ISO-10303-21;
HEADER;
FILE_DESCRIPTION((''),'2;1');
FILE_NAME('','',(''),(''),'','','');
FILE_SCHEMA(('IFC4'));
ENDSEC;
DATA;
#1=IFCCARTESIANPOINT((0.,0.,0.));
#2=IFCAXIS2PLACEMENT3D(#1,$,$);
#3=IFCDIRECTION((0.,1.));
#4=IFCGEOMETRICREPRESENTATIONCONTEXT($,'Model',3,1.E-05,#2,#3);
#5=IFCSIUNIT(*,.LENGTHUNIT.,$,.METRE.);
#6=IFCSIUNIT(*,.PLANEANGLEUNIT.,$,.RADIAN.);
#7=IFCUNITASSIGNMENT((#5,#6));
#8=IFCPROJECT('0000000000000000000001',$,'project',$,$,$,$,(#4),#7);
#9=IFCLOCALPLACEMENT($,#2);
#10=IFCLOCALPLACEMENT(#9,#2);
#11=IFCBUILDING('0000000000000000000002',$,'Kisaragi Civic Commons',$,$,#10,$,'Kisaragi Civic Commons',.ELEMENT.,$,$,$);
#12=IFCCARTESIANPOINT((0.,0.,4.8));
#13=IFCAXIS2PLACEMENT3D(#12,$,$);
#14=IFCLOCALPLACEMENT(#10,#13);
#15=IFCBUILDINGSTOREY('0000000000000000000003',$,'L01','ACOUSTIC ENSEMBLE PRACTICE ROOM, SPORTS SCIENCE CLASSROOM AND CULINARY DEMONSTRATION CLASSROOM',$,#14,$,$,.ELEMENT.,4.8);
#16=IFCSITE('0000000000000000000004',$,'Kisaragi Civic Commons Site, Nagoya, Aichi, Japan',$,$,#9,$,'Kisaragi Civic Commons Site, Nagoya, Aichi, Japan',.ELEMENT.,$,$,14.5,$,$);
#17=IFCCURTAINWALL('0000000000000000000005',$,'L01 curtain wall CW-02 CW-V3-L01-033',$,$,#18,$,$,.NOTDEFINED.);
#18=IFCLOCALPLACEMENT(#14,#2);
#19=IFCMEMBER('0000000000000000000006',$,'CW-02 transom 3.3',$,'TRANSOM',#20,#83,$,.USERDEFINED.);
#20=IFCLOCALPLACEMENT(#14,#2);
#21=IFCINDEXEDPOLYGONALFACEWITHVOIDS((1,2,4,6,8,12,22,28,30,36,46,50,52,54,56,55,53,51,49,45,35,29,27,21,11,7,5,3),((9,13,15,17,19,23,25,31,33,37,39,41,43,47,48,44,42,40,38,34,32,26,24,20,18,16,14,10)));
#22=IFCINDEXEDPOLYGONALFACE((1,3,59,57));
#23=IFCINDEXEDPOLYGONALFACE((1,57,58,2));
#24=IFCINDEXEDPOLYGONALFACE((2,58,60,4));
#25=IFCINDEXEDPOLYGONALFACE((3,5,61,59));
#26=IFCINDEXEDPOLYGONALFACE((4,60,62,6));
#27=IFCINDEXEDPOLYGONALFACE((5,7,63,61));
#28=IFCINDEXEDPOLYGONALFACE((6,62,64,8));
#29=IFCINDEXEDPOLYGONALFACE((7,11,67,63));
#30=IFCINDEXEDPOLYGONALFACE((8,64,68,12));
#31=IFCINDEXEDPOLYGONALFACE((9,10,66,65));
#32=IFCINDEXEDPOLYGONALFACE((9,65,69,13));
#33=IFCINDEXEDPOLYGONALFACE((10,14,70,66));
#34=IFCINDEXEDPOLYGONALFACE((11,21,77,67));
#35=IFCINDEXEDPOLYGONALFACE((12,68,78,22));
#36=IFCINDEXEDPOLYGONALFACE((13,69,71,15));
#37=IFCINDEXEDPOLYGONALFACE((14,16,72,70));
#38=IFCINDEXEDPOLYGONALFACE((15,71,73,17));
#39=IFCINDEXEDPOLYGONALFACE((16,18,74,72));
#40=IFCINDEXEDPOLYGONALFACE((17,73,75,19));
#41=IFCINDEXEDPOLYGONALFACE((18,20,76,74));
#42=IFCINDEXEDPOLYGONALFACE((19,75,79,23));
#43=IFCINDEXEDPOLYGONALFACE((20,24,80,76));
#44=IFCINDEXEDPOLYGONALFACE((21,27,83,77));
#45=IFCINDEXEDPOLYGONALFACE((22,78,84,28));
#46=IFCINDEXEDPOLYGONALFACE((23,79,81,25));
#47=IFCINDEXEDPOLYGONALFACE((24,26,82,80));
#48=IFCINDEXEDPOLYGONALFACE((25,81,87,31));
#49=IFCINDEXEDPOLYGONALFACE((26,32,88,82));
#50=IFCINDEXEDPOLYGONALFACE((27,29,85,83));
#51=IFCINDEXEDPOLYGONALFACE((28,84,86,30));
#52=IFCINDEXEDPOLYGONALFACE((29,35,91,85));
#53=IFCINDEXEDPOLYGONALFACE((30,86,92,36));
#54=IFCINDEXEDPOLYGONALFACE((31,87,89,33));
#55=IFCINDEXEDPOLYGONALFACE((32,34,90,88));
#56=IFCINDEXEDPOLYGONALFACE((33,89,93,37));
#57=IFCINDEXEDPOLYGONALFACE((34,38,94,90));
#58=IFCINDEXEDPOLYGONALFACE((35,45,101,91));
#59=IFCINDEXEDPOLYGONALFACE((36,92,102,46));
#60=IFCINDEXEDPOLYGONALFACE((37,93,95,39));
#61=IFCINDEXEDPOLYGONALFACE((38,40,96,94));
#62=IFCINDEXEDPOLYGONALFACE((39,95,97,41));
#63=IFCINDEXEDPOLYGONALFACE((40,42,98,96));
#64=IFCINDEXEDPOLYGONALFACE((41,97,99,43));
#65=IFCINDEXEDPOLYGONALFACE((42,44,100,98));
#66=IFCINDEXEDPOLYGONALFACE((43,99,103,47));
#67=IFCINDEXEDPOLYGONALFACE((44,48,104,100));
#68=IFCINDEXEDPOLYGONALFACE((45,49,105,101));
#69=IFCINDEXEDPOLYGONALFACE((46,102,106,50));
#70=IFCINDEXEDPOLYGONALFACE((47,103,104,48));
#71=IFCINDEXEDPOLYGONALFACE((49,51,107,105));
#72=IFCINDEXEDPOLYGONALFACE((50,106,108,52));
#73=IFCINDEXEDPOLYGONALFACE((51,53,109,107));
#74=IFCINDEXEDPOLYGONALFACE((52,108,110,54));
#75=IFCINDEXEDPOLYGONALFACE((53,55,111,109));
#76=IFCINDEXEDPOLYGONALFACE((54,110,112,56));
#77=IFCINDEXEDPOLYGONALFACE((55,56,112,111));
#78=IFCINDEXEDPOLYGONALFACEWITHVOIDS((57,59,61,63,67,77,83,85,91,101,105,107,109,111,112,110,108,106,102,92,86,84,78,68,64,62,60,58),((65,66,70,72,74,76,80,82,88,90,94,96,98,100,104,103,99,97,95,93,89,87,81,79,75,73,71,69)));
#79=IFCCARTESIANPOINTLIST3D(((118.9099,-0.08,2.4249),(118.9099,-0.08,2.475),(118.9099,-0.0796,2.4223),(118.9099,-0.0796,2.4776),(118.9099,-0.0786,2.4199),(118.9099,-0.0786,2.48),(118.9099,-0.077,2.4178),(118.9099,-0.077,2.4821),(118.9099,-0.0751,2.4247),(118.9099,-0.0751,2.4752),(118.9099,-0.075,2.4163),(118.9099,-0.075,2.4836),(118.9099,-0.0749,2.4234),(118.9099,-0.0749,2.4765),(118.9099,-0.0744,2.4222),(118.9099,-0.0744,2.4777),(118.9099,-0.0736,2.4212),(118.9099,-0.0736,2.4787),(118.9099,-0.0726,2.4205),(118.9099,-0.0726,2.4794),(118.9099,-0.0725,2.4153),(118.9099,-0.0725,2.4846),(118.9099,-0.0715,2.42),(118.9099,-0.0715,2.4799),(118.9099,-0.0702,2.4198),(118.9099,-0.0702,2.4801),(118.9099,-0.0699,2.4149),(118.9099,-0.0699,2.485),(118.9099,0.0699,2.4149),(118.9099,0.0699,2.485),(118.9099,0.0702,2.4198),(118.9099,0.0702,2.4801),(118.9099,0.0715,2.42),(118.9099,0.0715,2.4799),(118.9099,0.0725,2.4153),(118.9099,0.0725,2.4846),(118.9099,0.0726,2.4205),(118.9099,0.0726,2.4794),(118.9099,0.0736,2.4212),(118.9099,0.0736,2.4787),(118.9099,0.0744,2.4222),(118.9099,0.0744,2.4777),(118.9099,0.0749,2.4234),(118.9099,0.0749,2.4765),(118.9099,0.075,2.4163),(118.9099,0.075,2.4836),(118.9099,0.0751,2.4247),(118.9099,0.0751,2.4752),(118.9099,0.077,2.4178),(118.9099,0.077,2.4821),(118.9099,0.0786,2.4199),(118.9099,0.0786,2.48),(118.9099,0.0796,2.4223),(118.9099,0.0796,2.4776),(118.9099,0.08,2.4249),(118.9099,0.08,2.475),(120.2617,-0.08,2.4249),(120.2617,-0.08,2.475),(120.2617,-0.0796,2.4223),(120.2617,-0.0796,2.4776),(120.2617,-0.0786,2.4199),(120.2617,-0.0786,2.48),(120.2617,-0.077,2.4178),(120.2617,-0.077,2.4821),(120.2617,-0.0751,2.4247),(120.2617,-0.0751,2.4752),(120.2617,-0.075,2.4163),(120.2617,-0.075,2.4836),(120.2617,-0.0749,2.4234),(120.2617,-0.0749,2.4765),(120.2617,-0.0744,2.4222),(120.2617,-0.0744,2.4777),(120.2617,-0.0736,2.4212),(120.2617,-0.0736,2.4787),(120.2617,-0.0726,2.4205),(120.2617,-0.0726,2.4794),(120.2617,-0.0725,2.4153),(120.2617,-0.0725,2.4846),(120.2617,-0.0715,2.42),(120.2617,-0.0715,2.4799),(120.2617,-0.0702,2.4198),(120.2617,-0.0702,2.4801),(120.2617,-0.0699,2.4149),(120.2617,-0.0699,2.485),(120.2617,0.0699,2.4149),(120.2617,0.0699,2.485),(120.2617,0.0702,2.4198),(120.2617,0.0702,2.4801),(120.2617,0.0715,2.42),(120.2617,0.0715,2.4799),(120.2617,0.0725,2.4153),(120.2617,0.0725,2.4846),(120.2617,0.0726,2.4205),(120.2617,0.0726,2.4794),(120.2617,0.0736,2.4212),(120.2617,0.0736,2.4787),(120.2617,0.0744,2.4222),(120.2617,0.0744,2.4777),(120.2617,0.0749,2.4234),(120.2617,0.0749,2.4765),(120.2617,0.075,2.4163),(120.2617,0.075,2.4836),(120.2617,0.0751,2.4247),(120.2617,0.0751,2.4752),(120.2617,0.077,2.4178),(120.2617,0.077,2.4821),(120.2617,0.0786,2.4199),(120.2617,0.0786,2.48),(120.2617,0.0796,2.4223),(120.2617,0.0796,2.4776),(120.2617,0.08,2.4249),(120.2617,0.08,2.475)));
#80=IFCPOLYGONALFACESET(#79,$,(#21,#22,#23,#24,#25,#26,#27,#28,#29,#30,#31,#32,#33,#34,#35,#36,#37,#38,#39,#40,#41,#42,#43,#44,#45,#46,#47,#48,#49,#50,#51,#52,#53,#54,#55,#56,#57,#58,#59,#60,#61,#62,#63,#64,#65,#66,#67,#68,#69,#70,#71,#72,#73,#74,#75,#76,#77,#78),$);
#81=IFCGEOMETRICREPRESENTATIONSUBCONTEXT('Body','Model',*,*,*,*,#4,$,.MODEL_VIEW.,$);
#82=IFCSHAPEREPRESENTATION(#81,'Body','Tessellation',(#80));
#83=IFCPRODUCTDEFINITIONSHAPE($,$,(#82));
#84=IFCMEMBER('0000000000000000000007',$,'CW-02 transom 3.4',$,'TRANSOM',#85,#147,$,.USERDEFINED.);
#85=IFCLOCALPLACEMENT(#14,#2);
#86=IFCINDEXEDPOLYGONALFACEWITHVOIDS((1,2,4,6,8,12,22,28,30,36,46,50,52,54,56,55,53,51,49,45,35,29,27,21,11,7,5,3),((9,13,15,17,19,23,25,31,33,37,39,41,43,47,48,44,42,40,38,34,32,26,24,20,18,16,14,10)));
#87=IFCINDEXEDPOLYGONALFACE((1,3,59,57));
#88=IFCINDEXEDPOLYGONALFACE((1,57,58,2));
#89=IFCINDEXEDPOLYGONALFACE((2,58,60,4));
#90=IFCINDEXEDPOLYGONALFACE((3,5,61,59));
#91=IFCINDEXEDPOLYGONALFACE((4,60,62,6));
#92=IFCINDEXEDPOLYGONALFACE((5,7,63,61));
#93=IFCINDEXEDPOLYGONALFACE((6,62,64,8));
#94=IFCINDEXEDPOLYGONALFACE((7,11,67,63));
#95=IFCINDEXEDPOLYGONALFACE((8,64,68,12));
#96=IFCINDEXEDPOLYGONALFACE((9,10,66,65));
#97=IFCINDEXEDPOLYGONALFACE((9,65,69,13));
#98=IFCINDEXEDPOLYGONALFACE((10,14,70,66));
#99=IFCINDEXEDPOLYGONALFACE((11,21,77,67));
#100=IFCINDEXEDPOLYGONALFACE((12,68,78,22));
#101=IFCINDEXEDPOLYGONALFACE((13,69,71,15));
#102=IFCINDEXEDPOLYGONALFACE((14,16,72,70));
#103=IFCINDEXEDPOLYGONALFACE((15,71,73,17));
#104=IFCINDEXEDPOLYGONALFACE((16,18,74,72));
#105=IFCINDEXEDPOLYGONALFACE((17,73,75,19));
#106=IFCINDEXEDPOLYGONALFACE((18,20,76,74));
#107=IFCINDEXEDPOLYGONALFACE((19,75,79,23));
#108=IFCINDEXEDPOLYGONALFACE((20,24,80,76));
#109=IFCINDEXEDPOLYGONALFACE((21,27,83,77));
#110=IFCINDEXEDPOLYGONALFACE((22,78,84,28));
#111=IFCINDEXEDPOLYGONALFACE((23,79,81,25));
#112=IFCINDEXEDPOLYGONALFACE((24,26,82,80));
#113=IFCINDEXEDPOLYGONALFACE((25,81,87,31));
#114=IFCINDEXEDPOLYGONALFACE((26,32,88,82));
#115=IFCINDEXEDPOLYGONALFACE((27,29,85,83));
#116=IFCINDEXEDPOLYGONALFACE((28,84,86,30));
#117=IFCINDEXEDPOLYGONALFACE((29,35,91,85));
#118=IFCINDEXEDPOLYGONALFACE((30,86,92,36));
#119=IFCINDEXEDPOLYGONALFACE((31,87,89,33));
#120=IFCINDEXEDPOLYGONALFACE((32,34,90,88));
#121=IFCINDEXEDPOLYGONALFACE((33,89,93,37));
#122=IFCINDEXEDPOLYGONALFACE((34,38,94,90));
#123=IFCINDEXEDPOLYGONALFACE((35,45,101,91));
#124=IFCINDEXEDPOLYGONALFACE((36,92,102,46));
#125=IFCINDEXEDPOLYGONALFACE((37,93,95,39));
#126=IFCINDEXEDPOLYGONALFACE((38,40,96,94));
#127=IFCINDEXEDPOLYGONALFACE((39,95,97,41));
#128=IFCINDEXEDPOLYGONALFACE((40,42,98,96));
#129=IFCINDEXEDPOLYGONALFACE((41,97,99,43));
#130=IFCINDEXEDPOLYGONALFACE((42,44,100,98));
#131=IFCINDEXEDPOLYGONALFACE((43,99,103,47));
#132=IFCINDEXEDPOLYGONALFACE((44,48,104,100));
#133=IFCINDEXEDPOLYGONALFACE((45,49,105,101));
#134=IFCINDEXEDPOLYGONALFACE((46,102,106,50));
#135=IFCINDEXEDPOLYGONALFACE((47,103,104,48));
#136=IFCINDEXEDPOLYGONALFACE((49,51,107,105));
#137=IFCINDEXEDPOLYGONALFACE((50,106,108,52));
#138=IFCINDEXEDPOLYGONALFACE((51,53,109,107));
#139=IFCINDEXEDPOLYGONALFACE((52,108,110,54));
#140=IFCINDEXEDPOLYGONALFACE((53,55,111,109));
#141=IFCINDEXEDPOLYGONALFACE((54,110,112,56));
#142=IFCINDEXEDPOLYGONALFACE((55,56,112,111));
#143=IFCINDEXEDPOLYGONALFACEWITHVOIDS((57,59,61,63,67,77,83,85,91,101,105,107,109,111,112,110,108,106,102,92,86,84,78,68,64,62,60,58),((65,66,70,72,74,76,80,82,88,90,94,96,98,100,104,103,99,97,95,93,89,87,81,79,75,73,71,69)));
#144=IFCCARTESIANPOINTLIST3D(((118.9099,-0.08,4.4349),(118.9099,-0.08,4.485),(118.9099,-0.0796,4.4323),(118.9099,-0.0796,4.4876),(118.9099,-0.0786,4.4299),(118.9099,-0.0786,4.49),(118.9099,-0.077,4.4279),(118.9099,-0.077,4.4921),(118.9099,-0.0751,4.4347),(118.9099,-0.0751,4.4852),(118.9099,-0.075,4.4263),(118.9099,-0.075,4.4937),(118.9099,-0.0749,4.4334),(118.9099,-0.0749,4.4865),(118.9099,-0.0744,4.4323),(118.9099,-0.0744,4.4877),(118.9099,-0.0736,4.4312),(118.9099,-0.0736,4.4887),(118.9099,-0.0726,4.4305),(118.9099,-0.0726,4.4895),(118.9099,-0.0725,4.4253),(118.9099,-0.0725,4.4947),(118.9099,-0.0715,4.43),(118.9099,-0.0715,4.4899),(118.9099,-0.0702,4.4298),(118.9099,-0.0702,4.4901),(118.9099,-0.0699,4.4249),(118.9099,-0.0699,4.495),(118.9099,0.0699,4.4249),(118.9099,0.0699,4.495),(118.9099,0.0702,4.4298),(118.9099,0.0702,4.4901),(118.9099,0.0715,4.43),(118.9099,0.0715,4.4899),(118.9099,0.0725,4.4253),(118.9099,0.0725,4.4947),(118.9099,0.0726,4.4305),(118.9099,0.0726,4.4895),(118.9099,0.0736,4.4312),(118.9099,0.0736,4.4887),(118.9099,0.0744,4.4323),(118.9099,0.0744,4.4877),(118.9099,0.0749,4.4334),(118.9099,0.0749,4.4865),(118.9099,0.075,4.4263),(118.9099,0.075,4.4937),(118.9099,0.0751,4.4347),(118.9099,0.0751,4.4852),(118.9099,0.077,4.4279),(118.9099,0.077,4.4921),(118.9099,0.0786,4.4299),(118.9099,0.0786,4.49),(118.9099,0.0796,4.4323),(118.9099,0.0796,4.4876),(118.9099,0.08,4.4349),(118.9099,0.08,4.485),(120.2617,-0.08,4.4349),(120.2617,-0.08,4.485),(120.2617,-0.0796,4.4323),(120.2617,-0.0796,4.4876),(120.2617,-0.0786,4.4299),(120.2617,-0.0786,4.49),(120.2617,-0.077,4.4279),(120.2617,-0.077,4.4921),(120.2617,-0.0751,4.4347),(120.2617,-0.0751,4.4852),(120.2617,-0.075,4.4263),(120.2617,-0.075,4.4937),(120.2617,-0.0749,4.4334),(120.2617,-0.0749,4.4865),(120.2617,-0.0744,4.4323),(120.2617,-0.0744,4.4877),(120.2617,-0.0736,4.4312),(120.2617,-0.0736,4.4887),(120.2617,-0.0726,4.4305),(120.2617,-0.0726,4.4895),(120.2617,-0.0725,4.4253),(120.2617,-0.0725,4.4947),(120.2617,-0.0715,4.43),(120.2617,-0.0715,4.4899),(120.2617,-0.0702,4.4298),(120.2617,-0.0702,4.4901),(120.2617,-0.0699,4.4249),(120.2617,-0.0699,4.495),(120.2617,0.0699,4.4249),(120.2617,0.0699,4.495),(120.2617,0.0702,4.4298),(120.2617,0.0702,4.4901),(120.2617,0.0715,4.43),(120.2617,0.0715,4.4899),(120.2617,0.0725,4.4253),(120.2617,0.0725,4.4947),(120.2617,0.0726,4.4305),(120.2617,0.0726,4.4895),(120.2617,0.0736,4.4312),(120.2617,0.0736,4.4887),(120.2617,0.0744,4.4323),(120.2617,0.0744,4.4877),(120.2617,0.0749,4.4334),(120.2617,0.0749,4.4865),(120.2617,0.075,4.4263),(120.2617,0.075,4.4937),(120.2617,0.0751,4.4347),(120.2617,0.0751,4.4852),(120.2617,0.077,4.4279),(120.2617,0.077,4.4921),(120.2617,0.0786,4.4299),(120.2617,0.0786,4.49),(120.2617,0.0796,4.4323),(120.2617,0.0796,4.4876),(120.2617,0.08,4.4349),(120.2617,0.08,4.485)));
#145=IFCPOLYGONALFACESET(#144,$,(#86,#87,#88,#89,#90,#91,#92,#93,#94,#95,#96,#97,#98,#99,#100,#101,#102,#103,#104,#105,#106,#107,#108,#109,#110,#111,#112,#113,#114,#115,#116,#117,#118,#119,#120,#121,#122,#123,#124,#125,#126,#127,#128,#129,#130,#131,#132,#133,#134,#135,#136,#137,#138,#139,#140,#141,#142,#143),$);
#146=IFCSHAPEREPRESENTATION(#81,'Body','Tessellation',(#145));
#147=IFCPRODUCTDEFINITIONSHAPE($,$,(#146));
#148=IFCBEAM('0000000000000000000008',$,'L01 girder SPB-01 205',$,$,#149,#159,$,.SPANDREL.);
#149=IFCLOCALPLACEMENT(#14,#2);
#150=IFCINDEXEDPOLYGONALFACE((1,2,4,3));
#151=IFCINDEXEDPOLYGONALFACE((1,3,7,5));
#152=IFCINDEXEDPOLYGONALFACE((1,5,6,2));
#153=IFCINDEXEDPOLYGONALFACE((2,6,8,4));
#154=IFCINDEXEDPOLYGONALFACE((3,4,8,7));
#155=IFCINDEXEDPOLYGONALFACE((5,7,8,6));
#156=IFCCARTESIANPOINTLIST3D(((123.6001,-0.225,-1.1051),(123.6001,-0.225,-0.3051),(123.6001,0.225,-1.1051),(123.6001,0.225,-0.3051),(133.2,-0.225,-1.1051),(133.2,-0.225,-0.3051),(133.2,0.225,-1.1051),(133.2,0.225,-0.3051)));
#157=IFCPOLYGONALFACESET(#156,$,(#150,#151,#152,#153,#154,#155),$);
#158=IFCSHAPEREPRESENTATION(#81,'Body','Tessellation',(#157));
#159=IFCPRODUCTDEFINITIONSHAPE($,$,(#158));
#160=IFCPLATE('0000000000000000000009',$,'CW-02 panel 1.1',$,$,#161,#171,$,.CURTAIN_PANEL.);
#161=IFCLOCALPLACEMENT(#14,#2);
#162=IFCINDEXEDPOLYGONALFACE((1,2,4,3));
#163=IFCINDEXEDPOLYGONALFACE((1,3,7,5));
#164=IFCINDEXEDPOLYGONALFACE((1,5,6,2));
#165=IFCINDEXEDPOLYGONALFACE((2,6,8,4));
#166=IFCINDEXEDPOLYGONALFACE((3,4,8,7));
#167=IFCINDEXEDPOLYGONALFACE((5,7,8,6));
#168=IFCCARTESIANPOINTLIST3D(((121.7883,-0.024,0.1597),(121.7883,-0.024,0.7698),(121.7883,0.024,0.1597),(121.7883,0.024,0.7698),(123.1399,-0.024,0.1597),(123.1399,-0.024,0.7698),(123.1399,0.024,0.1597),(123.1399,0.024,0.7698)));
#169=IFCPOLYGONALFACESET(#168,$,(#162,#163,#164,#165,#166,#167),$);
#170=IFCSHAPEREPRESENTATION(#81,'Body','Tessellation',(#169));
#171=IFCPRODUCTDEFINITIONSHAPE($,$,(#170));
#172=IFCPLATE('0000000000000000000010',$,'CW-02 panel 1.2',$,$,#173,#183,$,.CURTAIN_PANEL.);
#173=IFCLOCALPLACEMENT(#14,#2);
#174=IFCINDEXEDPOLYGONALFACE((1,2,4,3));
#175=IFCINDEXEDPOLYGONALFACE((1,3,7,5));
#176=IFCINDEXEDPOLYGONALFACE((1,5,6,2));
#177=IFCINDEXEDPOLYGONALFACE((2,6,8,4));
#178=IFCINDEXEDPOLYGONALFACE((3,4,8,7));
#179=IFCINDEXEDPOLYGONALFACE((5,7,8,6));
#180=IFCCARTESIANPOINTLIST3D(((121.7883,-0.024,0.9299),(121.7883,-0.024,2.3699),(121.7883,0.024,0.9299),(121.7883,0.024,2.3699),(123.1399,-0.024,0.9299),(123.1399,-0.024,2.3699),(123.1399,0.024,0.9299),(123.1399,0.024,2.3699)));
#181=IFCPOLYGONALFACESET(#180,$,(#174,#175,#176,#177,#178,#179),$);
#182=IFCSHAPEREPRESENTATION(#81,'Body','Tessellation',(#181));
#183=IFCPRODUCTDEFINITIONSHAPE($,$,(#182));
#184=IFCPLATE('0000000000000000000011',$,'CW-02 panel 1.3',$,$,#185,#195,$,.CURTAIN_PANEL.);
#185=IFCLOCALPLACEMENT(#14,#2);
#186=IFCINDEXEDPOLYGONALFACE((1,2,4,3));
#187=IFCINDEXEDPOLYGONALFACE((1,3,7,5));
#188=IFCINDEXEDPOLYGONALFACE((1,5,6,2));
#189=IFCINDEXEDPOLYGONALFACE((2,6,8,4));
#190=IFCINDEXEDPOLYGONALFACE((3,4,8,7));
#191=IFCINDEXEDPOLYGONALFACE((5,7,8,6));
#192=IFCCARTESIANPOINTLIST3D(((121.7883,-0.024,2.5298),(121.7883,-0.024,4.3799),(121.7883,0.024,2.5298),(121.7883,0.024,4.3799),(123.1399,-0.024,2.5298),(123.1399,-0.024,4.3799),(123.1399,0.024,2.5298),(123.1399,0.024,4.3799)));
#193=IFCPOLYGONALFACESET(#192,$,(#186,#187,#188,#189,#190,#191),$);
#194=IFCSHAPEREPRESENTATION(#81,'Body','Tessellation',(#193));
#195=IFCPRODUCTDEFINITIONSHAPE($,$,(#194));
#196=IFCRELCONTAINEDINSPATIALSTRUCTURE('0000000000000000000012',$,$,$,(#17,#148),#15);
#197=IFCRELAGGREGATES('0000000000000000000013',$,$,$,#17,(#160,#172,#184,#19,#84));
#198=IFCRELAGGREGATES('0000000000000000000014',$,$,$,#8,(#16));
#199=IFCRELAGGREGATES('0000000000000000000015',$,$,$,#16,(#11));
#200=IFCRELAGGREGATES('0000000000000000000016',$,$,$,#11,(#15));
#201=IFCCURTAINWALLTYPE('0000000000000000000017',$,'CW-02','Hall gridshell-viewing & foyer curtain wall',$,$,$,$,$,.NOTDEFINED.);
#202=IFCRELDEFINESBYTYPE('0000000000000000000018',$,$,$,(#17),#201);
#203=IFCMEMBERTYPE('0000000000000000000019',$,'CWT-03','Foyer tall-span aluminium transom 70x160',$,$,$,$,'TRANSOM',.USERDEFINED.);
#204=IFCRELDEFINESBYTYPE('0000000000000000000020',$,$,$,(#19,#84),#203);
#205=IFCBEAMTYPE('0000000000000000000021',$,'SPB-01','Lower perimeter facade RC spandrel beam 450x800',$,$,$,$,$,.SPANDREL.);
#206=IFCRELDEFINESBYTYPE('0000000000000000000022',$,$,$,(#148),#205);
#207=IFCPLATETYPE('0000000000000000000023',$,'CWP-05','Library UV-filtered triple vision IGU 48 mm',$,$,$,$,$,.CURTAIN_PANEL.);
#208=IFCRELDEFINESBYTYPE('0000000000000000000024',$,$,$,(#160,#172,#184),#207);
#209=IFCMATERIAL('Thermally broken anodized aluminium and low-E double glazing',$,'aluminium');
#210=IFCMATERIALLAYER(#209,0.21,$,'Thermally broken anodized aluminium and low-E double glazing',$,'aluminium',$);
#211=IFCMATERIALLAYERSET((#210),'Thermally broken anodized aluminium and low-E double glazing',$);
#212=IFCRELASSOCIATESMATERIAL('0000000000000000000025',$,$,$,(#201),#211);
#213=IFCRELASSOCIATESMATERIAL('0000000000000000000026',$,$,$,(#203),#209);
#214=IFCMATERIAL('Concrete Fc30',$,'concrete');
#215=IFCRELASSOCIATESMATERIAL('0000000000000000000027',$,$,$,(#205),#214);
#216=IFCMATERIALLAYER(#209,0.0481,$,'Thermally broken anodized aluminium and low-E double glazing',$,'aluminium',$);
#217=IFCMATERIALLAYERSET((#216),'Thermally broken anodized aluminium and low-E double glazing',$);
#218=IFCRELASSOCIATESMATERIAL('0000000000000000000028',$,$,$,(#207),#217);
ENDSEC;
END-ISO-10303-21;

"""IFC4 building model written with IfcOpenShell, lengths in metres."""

from ifc_helpers import new_model, si_unit, direction, frame, origin, origin_2d, place, context, subcontext, project, spatial, rectangle, hollow_rectangle, extrude, material, layer, layer_set, material_profile, profile_set, type_object, element, aggregate, save


model = new_model("IFC4")

# Units and contexts
model_context = context("Model", 3, precision=1e-05, world=origin(), true_north=direction((0.0, 1.0)))
body_context = subcontext(model_context, "Body", "Model", "MODEL_VIEW")
ifc_project = project(units=[si_unit("LENGTHUNIT", "METRE"), si_unit("PLANEANGLEUNIT", "RADIAN")], contexts=[model_context])

# Site, building, storey
site_placement = place(None, origin())
site = spatial("IfcSite", under=ifc_project, at=site_placement, Name="Kisaragi Civic Commons Site, Nagoya, Aichi, Japan", LongName="Kisaragi Civic Commons Site, Nagoya, Aichi, Japan", CompositionType="ELEMENT", RefElevation=14.5)
building_placement = place(site_placement, origin())
building = spatial("IfcBuilding", under=site, at=building_placement, Name="Kisaragi Civic Commons", LongName="Kisaragi Civic Commons", CompositionType="ELEMENT")
storey_placement = place(building_placement, frame((0.0, 0.0, 4.8)))
storey = spatial("IfcBuildingStorey", under=building, at=storey_placement, Name="L01", Description="ACOUSTIC ENSEMBLE PRACTICE ROOM, SPORTS SCIENCE CLASSROOM AND CULINARY DEMONSTRATION CLASSROOM", CompositionType="ELEMENT", Elevation=4.8)

# Shared definitions
ifc_material_1 = material(Name="Thermally broken anodized aluminium and low-E double glazing", Category="aluminium")
ifc_layer_1 = layer(ifc_material_1, 0.21, Name="Thermally broken anodized aluminium and low-E double glazing", Category="aluminium")
ifc_layer_set_1 = layer_set([ifc_layer_1], Name="Thermally broken anodized aluminium and low-E double glazing")
curtain_wall_type = type_object("IfcCurtainWallType", Name="CW-02", Description="Hall gridshell-viewing & foyer curtain wall", PredefinedType="NOTDEFINED", material=ifc_layer_set_1)

# Curtain wall, members
curtain_wall_1_placement = place(storey_placement, origin())
curtain_wall_1 = element("IfcCurtainWall", 1, at=curtain_wall_1_placement, inside=storey, type_object=curtain_wall_type, Name="L01 curtain wall CW-02 CW-V3-L01-033", PredefinedType="NOTDEFINED")
ifc_material_profile_1 = material_profile(ifc_material_1, hollow_rectangle(XDim=0.1599, YDim=0.0701, WallThickness=0.0049, InnerFilletRadius=0.0049, OuterFilletRadius=0.01, at=origin_2d()), Name="CWT-70x160x5", Category="aluminium")
ifc_profile_set_1 = profile_set([ifc_material_profile_1], Name="Thermally broken anodized aluminium and low-E double glazing")
member_type_1 = type_object("IfcMemberType", Name="CWT-03", Description="Foyer tall-span aluminium transom 70x160", ElementType="TRANSOM", PredefinedType="USERDEFINED", material=ifc_profile_set_1)
member_1_placement = place(storey_placement, frame((120.2617, 0.0, 2.45), z_axis=(-1.0, 0.0, 0.0), x_axis=(0.0, -1.0, 0.0)))
member_1 = element("IfcMember", 2, at=member_1_placement, type_object=member_type_1, Name="CW-02 transom 3.3", ObjectType="TRANSOM", PredefinedType="USERDEFINED", context=body_context, shape_type="SweptSolid", body=[
    extrude(hollow_rectangle(XDim=0.1599, YDim=0.0701, WallThickness=0.0049, InnerFilletRadius=0.0049, OuterFilletRadius=0.01, at=origin_2d()), origin(), (0.0, 0.0, 1.0), 1.3518),
])
member_2_placement = place(storey_placement, frame((120.2617, 0.0, 4.46), z_axis=(-1.0, 0.0, 0.0), x_axis=(0.0, -1.0, 0.0)))
member_2 = element("IfcMember", 3, at=member_2_placement, type_object=member_type_1, Name="CW-02 transom 3.4", ObjectType="TRANSOM", PredefinedType="USERDEFINED", context=body_context, shape_type="SweptSolid", body=[
    extrude(hollow_rectangle(XDim=0.1599, YDim=0.0701, WallThickness=0.0049, InnerFilletRadius=0.0049, OuterFilletRadius=0.01, at=origin_2d()), origin(), (0.0, 0.0, 1.0), 1.3518),
])

# Beam
ifc_material_2 = material(Name="Concrete Fc30", Category="concrete")
ifc_material_profile_2 = material_profile(ifc_material_2, rectangle(XDim=0.45, YDim=0.8, at=origin_2d()), Name="RC-450x800", Category="concrete")
ifc_profile_set_2 = profile_set([ifc_material_profile_2], Name="Concrete Fc30")
beam_type = type_object("IfcBeamType", Name="SPB-01", Description="Lower perimeter facade RC spandrel beam 450x800", PredefinedType="SPANDREL", material=ifc_profile_set_2)
beam_placement = place(storey_placement, frame((123.6001, 0.0, -0.7051), z_axis=(1.0, 0.0, 0.0), x_axis=(0.0, 1.0, 0.0)))
element("IfcBeam", 4, at=beam_placement, inside=storey, type_object=beam_type, Name="L01 girder SPB-01 205", PredefinedType="SPANDREL", context=body_context, shape_type="SweptSolid", body=[
    extrude(rectangle(XDim=0.45, YDim=0.8, at=origin_2d()), origin(), (0.0, 0.0, 1.0), 9.5999),
])

# Plates
ifc_layer_2 = layer(ifc_material_1, 0.0481, Name="Thermally broken anodized aluminium and low-E double glazing", Category="aluminium")
ifc_layer_set_2 = layer_set([ifc_layer_2], Name="Thermally broken anodized aluminium and low-E double glazing")
plate_type = type_object("IfcPlateType", Name="CWP-05", Description="Library UV-filtered triple vision IGU 48 mm", PredefinedType="CURTAIN_PANEL", material=ifc_layer_set_2)
plate_1_placement = place(storey_placement, frame((122.4641, 0.0, 0.1597), z_axis=(0.0, 0.0, 1.0), x_axis=(-1.0, 0.0, 0.0)))
plate_1 = element("IfcPlate", 5, at=plate_1_placement, type_object=plate_type, Name="CW-02 panel 1.1", PredefinedType="CURTAIN_PANEL", context=body_context, shape_type="SweptSolid", body=[
    extrude(rectangle(XDim=1.3516, YDim=0.0481, at=origin_2d()), origin(), (0.0, 0.0, 1.0), 0.6101),
])
plate_2_placement = place(storey_placement, frame((122.4641, 0.0, 0.9299), z_axis=(0.0, 0.0, 1.0), x_axis=(-1.0, 0.0, 0.0)))
plate_2 = element("IfcPlate", 6, at=plate_2_placement, type_object=plate_type, Name="CW-02 panel 1.2", PredefinedType="CURTAIN_PANEL", context=body_context, shape_type="SweptSolid", body=[
    extrude(rectangle(XDim=1.3516, YDim=0.0481, at=origin_2d()), origin(), (0.0, 0.0, 1.0), 1.4399),
])
plate_3_placement = place(storey_placement, frame((122.4641, 0.0, 2.5298), z_axis=(0.0, 0.0, 1.0), x_axis=(-1.0, 0.0, 0.0)))
plate_3 = element("IfcPlate", 7, at=plate_3_placement, type_object=plate_type, Name="CW-02 panel 1.3", PredefinedType="CURTAIN_PANEL", context=body_context, shape_type="SweptSolid", body=[
    extrude(rectangle(XDim=1.3516, YDim=0.0481, at=origin_2d()), origin(), (0.0, 0.0, 1.0), 1.8501),
])
aggregate(curtain_wall_1, [plate_1, plate_2, plate_3, member_1, member_2])

save(model, "model.ifc")
